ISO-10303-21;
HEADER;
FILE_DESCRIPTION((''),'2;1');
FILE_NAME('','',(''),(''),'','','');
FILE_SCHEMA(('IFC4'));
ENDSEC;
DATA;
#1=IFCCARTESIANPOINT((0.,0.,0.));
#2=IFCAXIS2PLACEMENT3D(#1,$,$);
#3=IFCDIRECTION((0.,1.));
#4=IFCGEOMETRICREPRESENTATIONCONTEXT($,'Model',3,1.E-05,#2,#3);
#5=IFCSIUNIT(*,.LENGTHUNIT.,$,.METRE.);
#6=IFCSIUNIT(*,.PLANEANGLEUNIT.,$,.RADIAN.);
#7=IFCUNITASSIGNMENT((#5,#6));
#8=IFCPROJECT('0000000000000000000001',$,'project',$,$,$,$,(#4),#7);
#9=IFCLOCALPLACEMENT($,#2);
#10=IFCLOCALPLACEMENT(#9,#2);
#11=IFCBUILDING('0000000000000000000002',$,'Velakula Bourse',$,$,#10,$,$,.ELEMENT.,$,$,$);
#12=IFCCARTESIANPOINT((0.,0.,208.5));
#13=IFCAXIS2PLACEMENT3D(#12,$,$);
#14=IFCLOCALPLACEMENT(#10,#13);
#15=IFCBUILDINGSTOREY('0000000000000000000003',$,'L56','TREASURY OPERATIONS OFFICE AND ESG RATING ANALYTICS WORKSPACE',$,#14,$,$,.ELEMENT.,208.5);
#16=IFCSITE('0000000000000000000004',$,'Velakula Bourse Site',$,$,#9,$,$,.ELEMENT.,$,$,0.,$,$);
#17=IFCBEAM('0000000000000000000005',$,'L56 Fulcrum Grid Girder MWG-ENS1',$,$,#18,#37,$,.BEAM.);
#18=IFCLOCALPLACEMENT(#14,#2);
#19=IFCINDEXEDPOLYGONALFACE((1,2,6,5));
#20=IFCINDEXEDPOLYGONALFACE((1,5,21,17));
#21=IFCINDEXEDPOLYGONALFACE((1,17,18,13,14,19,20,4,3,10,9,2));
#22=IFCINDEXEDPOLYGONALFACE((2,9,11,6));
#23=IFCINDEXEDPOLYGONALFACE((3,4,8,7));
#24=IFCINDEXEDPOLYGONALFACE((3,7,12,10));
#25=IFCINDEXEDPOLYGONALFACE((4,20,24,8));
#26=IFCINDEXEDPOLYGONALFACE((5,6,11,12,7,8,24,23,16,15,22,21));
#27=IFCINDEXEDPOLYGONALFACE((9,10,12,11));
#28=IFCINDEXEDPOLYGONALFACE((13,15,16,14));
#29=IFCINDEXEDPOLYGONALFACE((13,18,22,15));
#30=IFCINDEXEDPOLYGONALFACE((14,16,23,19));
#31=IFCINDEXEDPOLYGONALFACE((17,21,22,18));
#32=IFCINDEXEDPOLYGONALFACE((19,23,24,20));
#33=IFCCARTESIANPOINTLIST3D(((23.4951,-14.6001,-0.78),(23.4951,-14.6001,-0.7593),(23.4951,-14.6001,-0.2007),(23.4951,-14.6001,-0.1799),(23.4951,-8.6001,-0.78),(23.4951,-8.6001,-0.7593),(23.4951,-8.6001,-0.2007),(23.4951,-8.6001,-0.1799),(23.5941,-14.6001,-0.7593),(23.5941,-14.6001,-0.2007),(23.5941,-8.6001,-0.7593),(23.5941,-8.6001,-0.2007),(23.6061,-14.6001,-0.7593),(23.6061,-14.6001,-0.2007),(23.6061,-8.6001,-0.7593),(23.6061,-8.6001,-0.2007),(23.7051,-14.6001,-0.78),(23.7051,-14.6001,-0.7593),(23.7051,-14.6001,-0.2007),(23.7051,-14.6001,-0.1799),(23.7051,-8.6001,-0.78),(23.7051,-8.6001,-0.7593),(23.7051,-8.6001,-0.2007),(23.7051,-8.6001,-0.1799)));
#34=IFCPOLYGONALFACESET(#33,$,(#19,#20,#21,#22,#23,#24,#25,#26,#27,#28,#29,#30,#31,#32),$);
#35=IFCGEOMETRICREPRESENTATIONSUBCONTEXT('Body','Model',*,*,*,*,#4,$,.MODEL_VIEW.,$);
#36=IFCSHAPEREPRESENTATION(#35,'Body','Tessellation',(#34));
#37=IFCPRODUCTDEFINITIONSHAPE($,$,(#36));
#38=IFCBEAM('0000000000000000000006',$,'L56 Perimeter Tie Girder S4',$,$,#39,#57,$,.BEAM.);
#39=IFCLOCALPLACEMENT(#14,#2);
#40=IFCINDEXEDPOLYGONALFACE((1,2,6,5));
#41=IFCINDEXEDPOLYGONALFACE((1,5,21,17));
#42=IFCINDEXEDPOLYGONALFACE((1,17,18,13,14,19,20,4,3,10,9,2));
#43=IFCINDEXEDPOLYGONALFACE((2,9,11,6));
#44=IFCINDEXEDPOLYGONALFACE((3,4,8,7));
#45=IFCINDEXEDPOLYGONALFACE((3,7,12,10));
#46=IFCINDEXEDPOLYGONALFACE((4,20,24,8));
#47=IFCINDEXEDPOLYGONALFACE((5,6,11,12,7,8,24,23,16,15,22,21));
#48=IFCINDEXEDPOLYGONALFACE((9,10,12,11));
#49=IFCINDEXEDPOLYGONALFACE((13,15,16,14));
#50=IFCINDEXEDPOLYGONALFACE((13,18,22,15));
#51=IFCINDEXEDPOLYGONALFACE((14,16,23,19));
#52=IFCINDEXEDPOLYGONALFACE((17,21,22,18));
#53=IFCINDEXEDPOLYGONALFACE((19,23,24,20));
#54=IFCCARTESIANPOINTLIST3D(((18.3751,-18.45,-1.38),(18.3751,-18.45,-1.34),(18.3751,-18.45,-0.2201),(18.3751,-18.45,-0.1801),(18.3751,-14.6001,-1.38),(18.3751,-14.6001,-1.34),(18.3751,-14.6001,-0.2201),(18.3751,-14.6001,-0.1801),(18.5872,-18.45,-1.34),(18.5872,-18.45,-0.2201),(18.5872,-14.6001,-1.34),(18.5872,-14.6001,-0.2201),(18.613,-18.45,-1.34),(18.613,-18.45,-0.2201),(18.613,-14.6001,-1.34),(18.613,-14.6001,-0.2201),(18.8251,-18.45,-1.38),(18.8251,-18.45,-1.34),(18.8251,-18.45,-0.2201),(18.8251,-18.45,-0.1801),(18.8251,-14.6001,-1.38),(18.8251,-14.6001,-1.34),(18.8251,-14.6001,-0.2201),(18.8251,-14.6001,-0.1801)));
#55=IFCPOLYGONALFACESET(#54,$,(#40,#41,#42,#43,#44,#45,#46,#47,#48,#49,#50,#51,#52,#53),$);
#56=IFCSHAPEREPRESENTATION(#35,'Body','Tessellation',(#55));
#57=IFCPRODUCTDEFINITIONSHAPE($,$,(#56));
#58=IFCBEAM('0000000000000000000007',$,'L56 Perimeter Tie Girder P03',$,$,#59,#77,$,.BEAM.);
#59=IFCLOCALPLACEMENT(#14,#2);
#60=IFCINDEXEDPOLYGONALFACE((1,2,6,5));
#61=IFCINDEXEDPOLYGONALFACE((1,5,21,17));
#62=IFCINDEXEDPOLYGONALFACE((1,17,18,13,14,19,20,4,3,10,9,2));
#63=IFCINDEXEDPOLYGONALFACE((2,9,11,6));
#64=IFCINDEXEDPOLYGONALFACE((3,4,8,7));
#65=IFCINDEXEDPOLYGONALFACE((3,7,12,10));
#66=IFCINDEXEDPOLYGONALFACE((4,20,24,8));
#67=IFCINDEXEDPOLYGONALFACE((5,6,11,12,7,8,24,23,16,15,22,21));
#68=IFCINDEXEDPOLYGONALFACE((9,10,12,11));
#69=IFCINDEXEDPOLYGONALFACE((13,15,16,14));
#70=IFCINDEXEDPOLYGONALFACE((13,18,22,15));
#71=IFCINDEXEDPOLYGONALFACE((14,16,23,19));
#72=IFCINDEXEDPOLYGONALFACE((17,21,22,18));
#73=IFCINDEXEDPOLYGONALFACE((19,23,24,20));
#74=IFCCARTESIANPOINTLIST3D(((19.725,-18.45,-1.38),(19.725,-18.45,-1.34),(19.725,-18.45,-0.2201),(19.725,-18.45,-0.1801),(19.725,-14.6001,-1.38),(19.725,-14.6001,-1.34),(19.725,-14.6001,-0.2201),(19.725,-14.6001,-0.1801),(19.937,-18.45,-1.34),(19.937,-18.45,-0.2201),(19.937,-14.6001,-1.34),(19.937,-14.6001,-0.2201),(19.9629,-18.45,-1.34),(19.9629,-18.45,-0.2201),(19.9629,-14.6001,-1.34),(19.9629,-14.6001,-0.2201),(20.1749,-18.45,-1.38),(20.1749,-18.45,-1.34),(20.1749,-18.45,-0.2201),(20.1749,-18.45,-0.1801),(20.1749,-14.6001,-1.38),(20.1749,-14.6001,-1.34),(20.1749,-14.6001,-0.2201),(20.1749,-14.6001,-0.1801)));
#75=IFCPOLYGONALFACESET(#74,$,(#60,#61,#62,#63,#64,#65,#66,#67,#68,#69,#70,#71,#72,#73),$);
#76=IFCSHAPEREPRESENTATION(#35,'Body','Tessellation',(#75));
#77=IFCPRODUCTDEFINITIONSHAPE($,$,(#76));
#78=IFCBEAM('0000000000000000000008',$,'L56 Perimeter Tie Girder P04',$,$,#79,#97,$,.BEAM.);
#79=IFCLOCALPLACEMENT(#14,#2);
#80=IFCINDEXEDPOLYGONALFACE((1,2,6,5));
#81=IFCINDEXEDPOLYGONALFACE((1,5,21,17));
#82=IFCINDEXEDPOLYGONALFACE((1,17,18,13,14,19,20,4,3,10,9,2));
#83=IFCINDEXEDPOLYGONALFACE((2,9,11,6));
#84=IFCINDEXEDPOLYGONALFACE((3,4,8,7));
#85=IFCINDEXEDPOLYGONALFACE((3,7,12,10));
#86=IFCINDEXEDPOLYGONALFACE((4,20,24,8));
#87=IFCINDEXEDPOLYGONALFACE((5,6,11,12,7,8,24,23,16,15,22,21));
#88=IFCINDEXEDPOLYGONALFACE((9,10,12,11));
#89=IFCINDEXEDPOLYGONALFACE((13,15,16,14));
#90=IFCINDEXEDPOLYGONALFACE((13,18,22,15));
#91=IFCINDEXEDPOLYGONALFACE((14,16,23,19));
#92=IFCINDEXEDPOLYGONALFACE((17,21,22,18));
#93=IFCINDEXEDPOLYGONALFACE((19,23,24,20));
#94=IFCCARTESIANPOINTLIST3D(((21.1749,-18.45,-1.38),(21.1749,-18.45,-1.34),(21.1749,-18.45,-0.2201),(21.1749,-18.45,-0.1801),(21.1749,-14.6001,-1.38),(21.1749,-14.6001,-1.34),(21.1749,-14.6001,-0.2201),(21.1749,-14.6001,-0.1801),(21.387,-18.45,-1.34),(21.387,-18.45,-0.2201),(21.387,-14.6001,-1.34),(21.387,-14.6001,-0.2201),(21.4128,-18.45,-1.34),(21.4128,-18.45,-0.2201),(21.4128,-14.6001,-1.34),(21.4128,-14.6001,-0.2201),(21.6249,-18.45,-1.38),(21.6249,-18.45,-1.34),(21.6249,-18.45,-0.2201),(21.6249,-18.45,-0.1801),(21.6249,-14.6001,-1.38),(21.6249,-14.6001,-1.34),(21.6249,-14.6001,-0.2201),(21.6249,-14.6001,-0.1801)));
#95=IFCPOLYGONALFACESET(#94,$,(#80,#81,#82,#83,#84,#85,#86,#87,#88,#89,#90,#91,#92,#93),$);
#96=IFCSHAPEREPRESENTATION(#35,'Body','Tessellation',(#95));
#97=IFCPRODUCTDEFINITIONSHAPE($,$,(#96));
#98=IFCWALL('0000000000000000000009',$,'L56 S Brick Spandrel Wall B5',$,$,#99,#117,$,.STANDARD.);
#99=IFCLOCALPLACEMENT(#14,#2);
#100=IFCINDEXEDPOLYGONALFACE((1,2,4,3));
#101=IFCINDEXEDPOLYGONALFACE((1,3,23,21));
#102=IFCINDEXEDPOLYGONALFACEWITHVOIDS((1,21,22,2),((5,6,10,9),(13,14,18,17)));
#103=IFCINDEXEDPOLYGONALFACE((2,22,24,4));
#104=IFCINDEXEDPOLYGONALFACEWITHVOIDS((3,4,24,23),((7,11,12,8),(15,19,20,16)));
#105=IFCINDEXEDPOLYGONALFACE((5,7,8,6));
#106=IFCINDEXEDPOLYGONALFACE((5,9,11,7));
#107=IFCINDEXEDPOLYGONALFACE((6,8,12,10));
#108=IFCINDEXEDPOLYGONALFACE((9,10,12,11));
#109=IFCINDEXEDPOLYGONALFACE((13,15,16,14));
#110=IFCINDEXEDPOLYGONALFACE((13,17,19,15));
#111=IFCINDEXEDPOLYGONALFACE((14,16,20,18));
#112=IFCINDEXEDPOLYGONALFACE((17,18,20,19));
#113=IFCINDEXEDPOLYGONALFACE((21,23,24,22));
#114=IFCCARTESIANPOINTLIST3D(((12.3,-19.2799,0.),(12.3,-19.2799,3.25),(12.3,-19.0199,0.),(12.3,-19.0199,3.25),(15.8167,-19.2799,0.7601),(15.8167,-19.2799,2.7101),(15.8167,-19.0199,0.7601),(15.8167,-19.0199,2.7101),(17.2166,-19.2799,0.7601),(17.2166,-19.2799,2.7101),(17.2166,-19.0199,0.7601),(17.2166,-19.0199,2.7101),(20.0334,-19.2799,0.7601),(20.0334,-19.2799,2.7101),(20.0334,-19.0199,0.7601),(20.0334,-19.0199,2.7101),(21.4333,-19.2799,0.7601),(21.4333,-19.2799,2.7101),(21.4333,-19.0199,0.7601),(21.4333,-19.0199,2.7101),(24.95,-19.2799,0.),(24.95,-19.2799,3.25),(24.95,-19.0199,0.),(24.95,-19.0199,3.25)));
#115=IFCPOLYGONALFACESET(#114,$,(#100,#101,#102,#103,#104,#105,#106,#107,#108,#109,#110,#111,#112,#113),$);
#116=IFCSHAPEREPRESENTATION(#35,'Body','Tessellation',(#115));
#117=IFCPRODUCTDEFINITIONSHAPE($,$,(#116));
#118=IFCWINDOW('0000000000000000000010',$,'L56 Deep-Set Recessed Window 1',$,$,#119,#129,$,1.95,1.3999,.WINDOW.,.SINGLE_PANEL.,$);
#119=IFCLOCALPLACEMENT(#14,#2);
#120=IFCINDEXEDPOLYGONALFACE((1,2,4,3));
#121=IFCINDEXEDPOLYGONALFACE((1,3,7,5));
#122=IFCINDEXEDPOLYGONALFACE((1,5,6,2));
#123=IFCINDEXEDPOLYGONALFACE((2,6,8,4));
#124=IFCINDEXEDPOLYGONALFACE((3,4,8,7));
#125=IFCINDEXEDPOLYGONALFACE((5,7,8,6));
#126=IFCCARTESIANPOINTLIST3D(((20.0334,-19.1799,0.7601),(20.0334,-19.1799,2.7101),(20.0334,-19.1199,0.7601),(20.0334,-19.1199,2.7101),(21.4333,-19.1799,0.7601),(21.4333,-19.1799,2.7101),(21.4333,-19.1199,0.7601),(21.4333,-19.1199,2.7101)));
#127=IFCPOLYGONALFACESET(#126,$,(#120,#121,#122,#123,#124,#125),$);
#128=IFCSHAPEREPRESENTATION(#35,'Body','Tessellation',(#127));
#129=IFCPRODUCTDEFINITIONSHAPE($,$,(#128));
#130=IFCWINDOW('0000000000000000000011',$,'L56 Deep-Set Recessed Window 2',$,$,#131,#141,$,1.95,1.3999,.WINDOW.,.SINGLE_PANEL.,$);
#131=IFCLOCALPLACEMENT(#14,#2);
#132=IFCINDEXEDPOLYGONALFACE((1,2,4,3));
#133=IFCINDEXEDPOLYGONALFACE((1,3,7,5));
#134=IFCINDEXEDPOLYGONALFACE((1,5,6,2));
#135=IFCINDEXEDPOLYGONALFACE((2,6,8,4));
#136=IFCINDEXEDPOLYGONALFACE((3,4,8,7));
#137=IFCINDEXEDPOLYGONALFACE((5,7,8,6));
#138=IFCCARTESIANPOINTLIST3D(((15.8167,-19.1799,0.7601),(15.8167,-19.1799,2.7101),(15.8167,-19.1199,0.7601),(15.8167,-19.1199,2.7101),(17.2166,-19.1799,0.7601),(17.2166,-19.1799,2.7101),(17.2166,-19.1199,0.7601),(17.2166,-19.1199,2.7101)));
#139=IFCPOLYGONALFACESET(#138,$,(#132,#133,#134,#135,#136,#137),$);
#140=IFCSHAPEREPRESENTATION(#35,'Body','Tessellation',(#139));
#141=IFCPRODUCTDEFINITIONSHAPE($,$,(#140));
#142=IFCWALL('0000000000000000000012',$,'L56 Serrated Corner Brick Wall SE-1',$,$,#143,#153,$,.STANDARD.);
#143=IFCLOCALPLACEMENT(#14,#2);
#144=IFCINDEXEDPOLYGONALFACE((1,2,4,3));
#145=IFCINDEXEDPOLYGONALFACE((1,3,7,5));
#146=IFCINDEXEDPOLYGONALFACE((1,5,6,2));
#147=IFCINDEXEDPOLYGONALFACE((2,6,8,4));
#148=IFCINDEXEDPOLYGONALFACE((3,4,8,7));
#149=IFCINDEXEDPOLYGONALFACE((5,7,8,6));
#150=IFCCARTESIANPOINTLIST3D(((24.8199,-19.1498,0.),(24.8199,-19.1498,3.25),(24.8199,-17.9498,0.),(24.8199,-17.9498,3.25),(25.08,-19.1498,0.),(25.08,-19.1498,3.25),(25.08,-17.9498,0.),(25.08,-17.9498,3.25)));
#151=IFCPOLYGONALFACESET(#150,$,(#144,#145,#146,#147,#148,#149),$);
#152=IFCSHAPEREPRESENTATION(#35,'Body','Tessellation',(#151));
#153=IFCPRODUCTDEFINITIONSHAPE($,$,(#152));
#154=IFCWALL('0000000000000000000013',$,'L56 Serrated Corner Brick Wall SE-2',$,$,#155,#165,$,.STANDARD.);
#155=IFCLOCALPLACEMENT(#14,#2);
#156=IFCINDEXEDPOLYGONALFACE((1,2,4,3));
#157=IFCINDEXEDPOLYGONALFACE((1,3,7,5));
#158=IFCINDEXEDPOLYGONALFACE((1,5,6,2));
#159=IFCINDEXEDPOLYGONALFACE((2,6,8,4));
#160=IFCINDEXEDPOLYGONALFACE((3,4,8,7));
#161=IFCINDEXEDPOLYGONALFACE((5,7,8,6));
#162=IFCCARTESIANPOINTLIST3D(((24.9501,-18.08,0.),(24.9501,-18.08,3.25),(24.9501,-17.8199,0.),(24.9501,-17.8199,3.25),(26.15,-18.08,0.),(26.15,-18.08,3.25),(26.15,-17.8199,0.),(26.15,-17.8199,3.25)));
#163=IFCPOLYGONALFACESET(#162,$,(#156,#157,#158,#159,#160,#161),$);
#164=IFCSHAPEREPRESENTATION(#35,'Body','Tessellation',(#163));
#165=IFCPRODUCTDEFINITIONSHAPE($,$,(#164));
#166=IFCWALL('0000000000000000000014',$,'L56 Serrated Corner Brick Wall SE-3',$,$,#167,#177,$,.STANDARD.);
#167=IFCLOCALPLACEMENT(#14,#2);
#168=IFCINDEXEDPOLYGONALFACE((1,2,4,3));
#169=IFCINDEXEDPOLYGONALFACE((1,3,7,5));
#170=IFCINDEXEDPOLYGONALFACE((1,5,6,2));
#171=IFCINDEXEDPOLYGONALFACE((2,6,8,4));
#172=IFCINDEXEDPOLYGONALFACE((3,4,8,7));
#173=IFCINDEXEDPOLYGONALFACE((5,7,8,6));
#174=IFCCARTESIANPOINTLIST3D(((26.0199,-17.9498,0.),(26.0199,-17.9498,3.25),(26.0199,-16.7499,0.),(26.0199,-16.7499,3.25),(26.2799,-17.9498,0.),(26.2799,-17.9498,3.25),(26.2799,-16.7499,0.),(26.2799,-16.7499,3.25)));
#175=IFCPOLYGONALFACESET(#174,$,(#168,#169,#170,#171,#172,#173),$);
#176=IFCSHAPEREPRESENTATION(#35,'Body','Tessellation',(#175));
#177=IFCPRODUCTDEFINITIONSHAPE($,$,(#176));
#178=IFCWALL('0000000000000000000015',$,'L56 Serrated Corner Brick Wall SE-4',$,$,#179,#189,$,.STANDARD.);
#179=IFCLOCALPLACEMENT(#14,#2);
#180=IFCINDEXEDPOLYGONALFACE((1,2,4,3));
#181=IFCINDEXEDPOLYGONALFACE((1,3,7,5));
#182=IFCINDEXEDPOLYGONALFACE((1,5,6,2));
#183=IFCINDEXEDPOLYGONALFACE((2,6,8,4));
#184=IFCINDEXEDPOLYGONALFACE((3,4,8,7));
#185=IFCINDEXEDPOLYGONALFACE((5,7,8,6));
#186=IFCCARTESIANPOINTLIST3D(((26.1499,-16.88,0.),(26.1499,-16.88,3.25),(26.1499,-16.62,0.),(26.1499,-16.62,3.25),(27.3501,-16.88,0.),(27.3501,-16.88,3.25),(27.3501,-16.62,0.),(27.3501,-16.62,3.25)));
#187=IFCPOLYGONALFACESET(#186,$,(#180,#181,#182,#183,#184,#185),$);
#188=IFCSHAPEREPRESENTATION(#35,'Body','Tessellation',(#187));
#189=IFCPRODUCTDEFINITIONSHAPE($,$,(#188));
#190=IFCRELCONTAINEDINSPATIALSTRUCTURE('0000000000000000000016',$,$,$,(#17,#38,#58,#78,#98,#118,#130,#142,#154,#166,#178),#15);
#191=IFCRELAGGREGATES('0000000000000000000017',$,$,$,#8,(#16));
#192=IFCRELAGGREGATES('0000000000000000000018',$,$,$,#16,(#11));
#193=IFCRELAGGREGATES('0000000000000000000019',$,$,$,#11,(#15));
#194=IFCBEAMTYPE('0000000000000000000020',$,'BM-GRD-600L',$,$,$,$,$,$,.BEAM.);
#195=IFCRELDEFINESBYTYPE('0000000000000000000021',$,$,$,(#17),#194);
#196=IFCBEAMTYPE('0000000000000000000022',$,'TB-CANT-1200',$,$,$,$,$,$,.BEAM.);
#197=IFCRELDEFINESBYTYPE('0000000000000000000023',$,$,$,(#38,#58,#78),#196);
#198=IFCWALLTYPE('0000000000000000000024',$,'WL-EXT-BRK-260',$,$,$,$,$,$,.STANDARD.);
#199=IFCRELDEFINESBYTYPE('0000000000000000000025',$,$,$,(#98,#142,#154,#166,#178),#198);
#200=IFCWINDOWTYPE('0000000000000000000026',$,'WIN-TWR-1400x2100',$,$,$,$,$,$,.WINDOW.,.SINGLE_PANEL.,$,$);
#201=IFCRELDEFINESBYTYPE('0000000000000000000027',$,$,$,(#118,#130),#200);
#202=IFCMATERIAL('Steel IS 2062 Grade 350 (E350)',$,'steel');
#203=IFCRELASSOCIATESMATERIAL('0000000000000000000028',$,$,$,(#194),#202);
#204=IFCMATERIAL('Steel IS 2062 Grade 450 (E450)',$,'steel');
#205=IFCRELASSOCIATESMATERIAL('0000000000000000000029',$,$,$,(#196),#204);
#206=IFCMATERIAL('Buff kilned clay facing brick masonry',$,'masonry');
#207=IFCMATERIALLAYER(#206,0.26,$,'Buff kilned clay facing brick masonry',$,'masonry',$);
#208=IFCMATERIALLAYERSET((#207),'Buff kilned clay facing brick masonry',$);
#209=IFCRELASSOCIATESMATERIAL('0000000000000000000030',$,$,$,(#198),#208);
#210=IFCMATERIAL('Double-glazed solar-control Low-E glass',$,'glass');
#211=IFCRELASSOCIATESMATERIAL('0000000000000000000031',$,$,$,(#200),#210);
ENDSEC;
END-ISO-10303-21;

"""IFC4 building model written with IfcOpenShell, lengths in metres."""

from ifc_helpers import new_model, si_unit, direction, frame, frame_2d, origin, origin_2d, place, context, subcontext, project, spatial, rectangle, i_section, extrude, material, layer, layer_set, material_profile, profile_set, type_object, element, fill, save


model = new_model("IFC4")

# Units and contexts
model_context = context("Model", 3, precision=1e-05, world=origin(), true_north=direction((0.0, 1.0)))
body_context = subcontext(model_context, "Body", "Model", "MODEL_VIEW")
ifc_project = project(units=[si_unit("LENGTHUNIT", "METRE"), si_unit("PLANEANGLEUNIT", "RADIAN")], contexts=[model_context])

# Site, building, storey
site_placement = place(None, origin())
site = spatial("IfcSite", under=ifc_project, at=site_placement, Name="Velakula Bourse Site", CompositionType="ELEMENT", RefElevation=0.0)
building_placement = place(site_placement, origin())
building = spatial("IfcBuilding", under=site, at=building_placement, Name="Velakula Bourse", CompositionType="ELEMENT")
storey_placement = place(building_placement, frame((0.0, 0.0, 208.5)))
storey = spatial("IfcBuildingStorey", under=building, at=storey_placement, Name="L56", Description="TREASURY OPERATIONS OFFICE AND ESG RATING ANALYTICS WORKSPACE", CompositionType="ELEMENT", Elevation=208.5)

# Shared definitions
ifc_material_1 = material(Name="Steel IS 2062 Grade 350 (E350)", Category="steel")

# Beams
ifc_material_profile_1 = material_profile(ifc_material_1, i_section(OverallWidth=0.21, OverallDepth=0.6001, WebThickness=0.012, FlangeThickness=0.0208, at=origin_2d()), Name="Steel IS 2062 Grade 350 (E350)")
ifc_profile_set_1 = profile_set([ifc_material_profile_1], Name="Steel IS 2062 Grade 350 (E350)")
beam_type_1 = type_object("IfcBeamType", Name="BM-GRD-600L", PredefinedType="BEAM", material=ifc_profile_set_1)
beam_1_placement = place(storey_placement, frame((23.6001, -14.6001, -0.48), z_axis=(0.0, 1.0, 0.0), x_axis=(-1.0, 0.0, 0.0)))
element("IfcBeam", 1, at=beam_1_placement, inside=storey, type_object=beam_type_1, Name="L56 Fulcrum Grid Girder MWG-ENS1", PredefinedType="BEAM", context=body_context, shape_type="SweptSolid", body=[
    extrude(i_section(OverallWidth=0.21, OverallDepth=0.6001, WebThickness=0.012, FlangeThickness=0.0208, at=origin_2d()), origin(), (0.0, 0.0, 1.0), 6.0),
])
ifc_material_2 = material(Name="Steel IS 2062 Grade 450 (E450)", Category="steel")
ifc_material_profile_2 = material_profile(ifc_material_2, i_section(OverallWidth=0.45, OverallDepth=1.2, WebThickness=0.0259, FlangeThickness=0.04, at=origin_2d()), Name="Steel IS 2062 Grade 450 (E450)")
ifc_profile_set_2 = profile_set([ifc_material_profile_2], Name="Steel IS 2062 Grade 450 (E450)")
beam_type_2 = type_object("IfcBeamType", Name="TB-CANT-1200", PredefinedType="BEAM", material=ifc_profile_set_2)
for number, where, z_axis, x_axis, name in (
    (2, (18.6001, -14.6001, -0.78), (0.0, -1.0, 0.0), (1.0, 0.0, 0.0), "L56 Perimeter Tie Girder S4"),
    (3, (19.95, -14.6001, -0.78), (0.0, -1.0, 0.0), (1.0, 0.0, 0.0), "L56 Perimeter Tie Girder P03"),
    (4, (21.3999, -14.6001, -0.78), (0.0, -1.0, 0.0), (1.0, 0.0, 0.0), "L56 Perimeter Tie Girder P04"),
):
    element("IfcBeam", number, at=place(storey_placement, frame(where, z_axis=z_axis, x_axis=x_axis)), inside=storey, type_object=beam_type_2, Name=name, PredefinedType="BEAM", context=body_context, shape_type="SweptSolid", body=[
        extrude(i_section(OverallWidth=0.45, OverallDepth=1.2, WebThickness=0.0259, FlangeThickness=0.04, at=origin_2d()), origin(), (0.0, 0.0, 1.0), 3.8499),
    ])

# Wall, openings, windows
ifc_material_3 = material(Name="Buff kilned clay facing brick masonry", Category="masonry")
ifc_layer = layer(ifc_material_3, 0.26, Name="Buff kilned clay facing brick masonry", Category="masonry")
ifc_layer_set = layer_set([ifc_layer], Name="Buff kilned clay facing brick masonry")
wall_type = type_object("IfcWallType", Name="WL-EXT-BRK-260", PredefinedType="STANDARD", material=ifc_layer_set)
wall_1_placement = place(storey_placement, frame((24.95, -19.1499, 0.0), z_axis=(0.0, 0.0, 1.0), x_axis=(-1.0, 0.0, 0.0)))
wall_1 = element("IfcWall", 5, at=wall_1_placement, inside=storey, type_object=wall_type, Name="L56 S Brick Spandrel Wall B5", PredefinedType="STANDARD", context=body_context, shape_type="SweptSolid", body=[
    extrude(rectangle(XDim=12.6499, YDim=0.26, at=frame_2d((6.325, 0.0))), origin(), (0.0, 0.0, 1.0), 3.25),
])
opening_1_placement = place(wall_1_placement, frame((3.5166, 0.0, 0.76)))
opening_1 = element("IfcOpeningElement", 6, at=opening_1_placement, cuts=wall_1, PredefinedType="OPENING", context=body_context, shape_type="SweptSolid", body=[
    extrude(rectangle(XDim=1.3999, YDim=1.95, at=frame_2d((0.7, 0.9751))), frame((0.0, 0.1399, 0.0), z_axis=(0.0, -1.0, 0.0), x_axis=(1.0, 0.0, 0.0)), (0.0, 0.0, 1.0), 0.28),
])
opening_2_placement = place(wall_1_placement, frame((7.7334, 0.0, 0.76)))
opening_2 = element("IfcOpeningElement", 7, at=opening_2_placement, cuts=wall_1, PredefinedType="OPENING", context=body_context, shape_type="SweptSolid", body=[
    extrude(rectangle(XDim=1.3999, YDim=1.95, at=frame_2d((0.7, 0.9751))), frame((0.0, 0.1399, 0.0), z_axis=(0.0, -1.0, 0.0), x_axis=(1.0, 0.0, 0.0)), (0.0, 0.0, 1.0), 0.28),
])
ifc_material_4 = material(Name="Double-glazed solar-control Low-E glass", Category="glass")
window_type = type_object("IfcWindowType", Name="WIN-TWR-1400x2100", PartitioningType="SINGLE_PANEL", PredefinedType="WINDOW", material=ifc_material_4)
window_1_placement = place(opening_1_placement, origin())
window_1 = element("IfcWindow", 8, at=window_1_placement, inside=storey, type_object=window_type, Name="L56 Deep-Set Recessed Window 1", OverallHeight=1.95, OverallWidth=1.3999, PartitioningType="SINGLE_PANEL", PredefinedType="WINDOW", context=body_context, shape_type="SweptSolid", body=[
    extrude(rectangle(XDim=1.3999, YDim=1.95, at=frame_2d((0.7, 0.9751))), frame((0.0, 0.03, 0.0), z_axis=(0.0, -1.0, 0.0), x_axis=(1.0, 0.0, 0.0)), (0.0, 0.0, 1.0), 0.0601),
])
fill(opening_1, window_1)
window_2_placement = place(opening_2_placement, origin())
window_2 = element("IfcWindow", 9, at=window_2_placement, inside=storey, type_object=window_type, Name="L56 Deep-Set Recessed Window 2", OverallHeight=1.95, OverallWidth=1.3999, PartitioningType="SINGLE_PANEL", PredefinedType="WINDOW", context=body_context, shape_type="SweptSolid", body=[
    extrude(rectangle(XDim=1.3999, YDim=1.95, at=frame_2d((0.7, 0.9751))), frame((0.0, 0.03, 0.0), z_axis=(0.0, -1.0, 0.0), x_axis=(1.0, 0.0, 0.0)), (0.0, 0.0, 1.0), 0.0601),
])
fill(opening_2, window_2)

# Walls
for number, where, z_axis, x_axis, name in (
    (10, (24.95, -19.1499, 0.0), (0.0, 0.0, 1.0), (0.0, 1.0, 0.0), "L56 Serrated Corner Brick Wall SE-1"),
    (11, (24.95, -17.95, 0.0), (0.0, 0.0, 1.0), (1.0, 0.0, 0.0), "L56 Serrated Corner Brick Wall SE-2"),
    (12, (26.1499, -17.95, 0.0), (0.0, 0.0, 1.0), (0.0, 1.0, 0.0), "L56 Serrated Corner Brick Wall SE-3"),
):
    element("IfcWall", number, at=place(storey_placement, frame(where, z_axis=z_axis, x_axis=x_axis)), inside=storey, type_object=wall_type, Name=name, PredefinedType="STANDARD", context=body_context, shape_type="SweptSolid", body=[
        extrude(rectangle(XDim=1.2, YDim=0.26, at=frame_2d((0.6001, 0.0))), origin(), (0.0, 0.0, 1.0), 3.25),
    ])
wall_2_placement = place(storey_placement, frame((26.1499, -16.75, 0.0), z_axis=(0.0, 0.0, 1.0), x_axis=(1.0, 0.0, 0.0)))
element("IfcWall", 13, at=wall_2_placement, inside=storey, type_object=wall_type, Name="L56 Serrated Corner Brick Wall SE-4", PredefinedType="STANDARD", context=body_context, shape_type="SweptSolid", body=[
    extrude(rectangle(XDim=1.2002, YDim=0.26, at=frame_2d((0.6001, 0.0))), origin(), (0.0, 0.0, 1.0), 3.25),
])

save(model, "model.ifc")
